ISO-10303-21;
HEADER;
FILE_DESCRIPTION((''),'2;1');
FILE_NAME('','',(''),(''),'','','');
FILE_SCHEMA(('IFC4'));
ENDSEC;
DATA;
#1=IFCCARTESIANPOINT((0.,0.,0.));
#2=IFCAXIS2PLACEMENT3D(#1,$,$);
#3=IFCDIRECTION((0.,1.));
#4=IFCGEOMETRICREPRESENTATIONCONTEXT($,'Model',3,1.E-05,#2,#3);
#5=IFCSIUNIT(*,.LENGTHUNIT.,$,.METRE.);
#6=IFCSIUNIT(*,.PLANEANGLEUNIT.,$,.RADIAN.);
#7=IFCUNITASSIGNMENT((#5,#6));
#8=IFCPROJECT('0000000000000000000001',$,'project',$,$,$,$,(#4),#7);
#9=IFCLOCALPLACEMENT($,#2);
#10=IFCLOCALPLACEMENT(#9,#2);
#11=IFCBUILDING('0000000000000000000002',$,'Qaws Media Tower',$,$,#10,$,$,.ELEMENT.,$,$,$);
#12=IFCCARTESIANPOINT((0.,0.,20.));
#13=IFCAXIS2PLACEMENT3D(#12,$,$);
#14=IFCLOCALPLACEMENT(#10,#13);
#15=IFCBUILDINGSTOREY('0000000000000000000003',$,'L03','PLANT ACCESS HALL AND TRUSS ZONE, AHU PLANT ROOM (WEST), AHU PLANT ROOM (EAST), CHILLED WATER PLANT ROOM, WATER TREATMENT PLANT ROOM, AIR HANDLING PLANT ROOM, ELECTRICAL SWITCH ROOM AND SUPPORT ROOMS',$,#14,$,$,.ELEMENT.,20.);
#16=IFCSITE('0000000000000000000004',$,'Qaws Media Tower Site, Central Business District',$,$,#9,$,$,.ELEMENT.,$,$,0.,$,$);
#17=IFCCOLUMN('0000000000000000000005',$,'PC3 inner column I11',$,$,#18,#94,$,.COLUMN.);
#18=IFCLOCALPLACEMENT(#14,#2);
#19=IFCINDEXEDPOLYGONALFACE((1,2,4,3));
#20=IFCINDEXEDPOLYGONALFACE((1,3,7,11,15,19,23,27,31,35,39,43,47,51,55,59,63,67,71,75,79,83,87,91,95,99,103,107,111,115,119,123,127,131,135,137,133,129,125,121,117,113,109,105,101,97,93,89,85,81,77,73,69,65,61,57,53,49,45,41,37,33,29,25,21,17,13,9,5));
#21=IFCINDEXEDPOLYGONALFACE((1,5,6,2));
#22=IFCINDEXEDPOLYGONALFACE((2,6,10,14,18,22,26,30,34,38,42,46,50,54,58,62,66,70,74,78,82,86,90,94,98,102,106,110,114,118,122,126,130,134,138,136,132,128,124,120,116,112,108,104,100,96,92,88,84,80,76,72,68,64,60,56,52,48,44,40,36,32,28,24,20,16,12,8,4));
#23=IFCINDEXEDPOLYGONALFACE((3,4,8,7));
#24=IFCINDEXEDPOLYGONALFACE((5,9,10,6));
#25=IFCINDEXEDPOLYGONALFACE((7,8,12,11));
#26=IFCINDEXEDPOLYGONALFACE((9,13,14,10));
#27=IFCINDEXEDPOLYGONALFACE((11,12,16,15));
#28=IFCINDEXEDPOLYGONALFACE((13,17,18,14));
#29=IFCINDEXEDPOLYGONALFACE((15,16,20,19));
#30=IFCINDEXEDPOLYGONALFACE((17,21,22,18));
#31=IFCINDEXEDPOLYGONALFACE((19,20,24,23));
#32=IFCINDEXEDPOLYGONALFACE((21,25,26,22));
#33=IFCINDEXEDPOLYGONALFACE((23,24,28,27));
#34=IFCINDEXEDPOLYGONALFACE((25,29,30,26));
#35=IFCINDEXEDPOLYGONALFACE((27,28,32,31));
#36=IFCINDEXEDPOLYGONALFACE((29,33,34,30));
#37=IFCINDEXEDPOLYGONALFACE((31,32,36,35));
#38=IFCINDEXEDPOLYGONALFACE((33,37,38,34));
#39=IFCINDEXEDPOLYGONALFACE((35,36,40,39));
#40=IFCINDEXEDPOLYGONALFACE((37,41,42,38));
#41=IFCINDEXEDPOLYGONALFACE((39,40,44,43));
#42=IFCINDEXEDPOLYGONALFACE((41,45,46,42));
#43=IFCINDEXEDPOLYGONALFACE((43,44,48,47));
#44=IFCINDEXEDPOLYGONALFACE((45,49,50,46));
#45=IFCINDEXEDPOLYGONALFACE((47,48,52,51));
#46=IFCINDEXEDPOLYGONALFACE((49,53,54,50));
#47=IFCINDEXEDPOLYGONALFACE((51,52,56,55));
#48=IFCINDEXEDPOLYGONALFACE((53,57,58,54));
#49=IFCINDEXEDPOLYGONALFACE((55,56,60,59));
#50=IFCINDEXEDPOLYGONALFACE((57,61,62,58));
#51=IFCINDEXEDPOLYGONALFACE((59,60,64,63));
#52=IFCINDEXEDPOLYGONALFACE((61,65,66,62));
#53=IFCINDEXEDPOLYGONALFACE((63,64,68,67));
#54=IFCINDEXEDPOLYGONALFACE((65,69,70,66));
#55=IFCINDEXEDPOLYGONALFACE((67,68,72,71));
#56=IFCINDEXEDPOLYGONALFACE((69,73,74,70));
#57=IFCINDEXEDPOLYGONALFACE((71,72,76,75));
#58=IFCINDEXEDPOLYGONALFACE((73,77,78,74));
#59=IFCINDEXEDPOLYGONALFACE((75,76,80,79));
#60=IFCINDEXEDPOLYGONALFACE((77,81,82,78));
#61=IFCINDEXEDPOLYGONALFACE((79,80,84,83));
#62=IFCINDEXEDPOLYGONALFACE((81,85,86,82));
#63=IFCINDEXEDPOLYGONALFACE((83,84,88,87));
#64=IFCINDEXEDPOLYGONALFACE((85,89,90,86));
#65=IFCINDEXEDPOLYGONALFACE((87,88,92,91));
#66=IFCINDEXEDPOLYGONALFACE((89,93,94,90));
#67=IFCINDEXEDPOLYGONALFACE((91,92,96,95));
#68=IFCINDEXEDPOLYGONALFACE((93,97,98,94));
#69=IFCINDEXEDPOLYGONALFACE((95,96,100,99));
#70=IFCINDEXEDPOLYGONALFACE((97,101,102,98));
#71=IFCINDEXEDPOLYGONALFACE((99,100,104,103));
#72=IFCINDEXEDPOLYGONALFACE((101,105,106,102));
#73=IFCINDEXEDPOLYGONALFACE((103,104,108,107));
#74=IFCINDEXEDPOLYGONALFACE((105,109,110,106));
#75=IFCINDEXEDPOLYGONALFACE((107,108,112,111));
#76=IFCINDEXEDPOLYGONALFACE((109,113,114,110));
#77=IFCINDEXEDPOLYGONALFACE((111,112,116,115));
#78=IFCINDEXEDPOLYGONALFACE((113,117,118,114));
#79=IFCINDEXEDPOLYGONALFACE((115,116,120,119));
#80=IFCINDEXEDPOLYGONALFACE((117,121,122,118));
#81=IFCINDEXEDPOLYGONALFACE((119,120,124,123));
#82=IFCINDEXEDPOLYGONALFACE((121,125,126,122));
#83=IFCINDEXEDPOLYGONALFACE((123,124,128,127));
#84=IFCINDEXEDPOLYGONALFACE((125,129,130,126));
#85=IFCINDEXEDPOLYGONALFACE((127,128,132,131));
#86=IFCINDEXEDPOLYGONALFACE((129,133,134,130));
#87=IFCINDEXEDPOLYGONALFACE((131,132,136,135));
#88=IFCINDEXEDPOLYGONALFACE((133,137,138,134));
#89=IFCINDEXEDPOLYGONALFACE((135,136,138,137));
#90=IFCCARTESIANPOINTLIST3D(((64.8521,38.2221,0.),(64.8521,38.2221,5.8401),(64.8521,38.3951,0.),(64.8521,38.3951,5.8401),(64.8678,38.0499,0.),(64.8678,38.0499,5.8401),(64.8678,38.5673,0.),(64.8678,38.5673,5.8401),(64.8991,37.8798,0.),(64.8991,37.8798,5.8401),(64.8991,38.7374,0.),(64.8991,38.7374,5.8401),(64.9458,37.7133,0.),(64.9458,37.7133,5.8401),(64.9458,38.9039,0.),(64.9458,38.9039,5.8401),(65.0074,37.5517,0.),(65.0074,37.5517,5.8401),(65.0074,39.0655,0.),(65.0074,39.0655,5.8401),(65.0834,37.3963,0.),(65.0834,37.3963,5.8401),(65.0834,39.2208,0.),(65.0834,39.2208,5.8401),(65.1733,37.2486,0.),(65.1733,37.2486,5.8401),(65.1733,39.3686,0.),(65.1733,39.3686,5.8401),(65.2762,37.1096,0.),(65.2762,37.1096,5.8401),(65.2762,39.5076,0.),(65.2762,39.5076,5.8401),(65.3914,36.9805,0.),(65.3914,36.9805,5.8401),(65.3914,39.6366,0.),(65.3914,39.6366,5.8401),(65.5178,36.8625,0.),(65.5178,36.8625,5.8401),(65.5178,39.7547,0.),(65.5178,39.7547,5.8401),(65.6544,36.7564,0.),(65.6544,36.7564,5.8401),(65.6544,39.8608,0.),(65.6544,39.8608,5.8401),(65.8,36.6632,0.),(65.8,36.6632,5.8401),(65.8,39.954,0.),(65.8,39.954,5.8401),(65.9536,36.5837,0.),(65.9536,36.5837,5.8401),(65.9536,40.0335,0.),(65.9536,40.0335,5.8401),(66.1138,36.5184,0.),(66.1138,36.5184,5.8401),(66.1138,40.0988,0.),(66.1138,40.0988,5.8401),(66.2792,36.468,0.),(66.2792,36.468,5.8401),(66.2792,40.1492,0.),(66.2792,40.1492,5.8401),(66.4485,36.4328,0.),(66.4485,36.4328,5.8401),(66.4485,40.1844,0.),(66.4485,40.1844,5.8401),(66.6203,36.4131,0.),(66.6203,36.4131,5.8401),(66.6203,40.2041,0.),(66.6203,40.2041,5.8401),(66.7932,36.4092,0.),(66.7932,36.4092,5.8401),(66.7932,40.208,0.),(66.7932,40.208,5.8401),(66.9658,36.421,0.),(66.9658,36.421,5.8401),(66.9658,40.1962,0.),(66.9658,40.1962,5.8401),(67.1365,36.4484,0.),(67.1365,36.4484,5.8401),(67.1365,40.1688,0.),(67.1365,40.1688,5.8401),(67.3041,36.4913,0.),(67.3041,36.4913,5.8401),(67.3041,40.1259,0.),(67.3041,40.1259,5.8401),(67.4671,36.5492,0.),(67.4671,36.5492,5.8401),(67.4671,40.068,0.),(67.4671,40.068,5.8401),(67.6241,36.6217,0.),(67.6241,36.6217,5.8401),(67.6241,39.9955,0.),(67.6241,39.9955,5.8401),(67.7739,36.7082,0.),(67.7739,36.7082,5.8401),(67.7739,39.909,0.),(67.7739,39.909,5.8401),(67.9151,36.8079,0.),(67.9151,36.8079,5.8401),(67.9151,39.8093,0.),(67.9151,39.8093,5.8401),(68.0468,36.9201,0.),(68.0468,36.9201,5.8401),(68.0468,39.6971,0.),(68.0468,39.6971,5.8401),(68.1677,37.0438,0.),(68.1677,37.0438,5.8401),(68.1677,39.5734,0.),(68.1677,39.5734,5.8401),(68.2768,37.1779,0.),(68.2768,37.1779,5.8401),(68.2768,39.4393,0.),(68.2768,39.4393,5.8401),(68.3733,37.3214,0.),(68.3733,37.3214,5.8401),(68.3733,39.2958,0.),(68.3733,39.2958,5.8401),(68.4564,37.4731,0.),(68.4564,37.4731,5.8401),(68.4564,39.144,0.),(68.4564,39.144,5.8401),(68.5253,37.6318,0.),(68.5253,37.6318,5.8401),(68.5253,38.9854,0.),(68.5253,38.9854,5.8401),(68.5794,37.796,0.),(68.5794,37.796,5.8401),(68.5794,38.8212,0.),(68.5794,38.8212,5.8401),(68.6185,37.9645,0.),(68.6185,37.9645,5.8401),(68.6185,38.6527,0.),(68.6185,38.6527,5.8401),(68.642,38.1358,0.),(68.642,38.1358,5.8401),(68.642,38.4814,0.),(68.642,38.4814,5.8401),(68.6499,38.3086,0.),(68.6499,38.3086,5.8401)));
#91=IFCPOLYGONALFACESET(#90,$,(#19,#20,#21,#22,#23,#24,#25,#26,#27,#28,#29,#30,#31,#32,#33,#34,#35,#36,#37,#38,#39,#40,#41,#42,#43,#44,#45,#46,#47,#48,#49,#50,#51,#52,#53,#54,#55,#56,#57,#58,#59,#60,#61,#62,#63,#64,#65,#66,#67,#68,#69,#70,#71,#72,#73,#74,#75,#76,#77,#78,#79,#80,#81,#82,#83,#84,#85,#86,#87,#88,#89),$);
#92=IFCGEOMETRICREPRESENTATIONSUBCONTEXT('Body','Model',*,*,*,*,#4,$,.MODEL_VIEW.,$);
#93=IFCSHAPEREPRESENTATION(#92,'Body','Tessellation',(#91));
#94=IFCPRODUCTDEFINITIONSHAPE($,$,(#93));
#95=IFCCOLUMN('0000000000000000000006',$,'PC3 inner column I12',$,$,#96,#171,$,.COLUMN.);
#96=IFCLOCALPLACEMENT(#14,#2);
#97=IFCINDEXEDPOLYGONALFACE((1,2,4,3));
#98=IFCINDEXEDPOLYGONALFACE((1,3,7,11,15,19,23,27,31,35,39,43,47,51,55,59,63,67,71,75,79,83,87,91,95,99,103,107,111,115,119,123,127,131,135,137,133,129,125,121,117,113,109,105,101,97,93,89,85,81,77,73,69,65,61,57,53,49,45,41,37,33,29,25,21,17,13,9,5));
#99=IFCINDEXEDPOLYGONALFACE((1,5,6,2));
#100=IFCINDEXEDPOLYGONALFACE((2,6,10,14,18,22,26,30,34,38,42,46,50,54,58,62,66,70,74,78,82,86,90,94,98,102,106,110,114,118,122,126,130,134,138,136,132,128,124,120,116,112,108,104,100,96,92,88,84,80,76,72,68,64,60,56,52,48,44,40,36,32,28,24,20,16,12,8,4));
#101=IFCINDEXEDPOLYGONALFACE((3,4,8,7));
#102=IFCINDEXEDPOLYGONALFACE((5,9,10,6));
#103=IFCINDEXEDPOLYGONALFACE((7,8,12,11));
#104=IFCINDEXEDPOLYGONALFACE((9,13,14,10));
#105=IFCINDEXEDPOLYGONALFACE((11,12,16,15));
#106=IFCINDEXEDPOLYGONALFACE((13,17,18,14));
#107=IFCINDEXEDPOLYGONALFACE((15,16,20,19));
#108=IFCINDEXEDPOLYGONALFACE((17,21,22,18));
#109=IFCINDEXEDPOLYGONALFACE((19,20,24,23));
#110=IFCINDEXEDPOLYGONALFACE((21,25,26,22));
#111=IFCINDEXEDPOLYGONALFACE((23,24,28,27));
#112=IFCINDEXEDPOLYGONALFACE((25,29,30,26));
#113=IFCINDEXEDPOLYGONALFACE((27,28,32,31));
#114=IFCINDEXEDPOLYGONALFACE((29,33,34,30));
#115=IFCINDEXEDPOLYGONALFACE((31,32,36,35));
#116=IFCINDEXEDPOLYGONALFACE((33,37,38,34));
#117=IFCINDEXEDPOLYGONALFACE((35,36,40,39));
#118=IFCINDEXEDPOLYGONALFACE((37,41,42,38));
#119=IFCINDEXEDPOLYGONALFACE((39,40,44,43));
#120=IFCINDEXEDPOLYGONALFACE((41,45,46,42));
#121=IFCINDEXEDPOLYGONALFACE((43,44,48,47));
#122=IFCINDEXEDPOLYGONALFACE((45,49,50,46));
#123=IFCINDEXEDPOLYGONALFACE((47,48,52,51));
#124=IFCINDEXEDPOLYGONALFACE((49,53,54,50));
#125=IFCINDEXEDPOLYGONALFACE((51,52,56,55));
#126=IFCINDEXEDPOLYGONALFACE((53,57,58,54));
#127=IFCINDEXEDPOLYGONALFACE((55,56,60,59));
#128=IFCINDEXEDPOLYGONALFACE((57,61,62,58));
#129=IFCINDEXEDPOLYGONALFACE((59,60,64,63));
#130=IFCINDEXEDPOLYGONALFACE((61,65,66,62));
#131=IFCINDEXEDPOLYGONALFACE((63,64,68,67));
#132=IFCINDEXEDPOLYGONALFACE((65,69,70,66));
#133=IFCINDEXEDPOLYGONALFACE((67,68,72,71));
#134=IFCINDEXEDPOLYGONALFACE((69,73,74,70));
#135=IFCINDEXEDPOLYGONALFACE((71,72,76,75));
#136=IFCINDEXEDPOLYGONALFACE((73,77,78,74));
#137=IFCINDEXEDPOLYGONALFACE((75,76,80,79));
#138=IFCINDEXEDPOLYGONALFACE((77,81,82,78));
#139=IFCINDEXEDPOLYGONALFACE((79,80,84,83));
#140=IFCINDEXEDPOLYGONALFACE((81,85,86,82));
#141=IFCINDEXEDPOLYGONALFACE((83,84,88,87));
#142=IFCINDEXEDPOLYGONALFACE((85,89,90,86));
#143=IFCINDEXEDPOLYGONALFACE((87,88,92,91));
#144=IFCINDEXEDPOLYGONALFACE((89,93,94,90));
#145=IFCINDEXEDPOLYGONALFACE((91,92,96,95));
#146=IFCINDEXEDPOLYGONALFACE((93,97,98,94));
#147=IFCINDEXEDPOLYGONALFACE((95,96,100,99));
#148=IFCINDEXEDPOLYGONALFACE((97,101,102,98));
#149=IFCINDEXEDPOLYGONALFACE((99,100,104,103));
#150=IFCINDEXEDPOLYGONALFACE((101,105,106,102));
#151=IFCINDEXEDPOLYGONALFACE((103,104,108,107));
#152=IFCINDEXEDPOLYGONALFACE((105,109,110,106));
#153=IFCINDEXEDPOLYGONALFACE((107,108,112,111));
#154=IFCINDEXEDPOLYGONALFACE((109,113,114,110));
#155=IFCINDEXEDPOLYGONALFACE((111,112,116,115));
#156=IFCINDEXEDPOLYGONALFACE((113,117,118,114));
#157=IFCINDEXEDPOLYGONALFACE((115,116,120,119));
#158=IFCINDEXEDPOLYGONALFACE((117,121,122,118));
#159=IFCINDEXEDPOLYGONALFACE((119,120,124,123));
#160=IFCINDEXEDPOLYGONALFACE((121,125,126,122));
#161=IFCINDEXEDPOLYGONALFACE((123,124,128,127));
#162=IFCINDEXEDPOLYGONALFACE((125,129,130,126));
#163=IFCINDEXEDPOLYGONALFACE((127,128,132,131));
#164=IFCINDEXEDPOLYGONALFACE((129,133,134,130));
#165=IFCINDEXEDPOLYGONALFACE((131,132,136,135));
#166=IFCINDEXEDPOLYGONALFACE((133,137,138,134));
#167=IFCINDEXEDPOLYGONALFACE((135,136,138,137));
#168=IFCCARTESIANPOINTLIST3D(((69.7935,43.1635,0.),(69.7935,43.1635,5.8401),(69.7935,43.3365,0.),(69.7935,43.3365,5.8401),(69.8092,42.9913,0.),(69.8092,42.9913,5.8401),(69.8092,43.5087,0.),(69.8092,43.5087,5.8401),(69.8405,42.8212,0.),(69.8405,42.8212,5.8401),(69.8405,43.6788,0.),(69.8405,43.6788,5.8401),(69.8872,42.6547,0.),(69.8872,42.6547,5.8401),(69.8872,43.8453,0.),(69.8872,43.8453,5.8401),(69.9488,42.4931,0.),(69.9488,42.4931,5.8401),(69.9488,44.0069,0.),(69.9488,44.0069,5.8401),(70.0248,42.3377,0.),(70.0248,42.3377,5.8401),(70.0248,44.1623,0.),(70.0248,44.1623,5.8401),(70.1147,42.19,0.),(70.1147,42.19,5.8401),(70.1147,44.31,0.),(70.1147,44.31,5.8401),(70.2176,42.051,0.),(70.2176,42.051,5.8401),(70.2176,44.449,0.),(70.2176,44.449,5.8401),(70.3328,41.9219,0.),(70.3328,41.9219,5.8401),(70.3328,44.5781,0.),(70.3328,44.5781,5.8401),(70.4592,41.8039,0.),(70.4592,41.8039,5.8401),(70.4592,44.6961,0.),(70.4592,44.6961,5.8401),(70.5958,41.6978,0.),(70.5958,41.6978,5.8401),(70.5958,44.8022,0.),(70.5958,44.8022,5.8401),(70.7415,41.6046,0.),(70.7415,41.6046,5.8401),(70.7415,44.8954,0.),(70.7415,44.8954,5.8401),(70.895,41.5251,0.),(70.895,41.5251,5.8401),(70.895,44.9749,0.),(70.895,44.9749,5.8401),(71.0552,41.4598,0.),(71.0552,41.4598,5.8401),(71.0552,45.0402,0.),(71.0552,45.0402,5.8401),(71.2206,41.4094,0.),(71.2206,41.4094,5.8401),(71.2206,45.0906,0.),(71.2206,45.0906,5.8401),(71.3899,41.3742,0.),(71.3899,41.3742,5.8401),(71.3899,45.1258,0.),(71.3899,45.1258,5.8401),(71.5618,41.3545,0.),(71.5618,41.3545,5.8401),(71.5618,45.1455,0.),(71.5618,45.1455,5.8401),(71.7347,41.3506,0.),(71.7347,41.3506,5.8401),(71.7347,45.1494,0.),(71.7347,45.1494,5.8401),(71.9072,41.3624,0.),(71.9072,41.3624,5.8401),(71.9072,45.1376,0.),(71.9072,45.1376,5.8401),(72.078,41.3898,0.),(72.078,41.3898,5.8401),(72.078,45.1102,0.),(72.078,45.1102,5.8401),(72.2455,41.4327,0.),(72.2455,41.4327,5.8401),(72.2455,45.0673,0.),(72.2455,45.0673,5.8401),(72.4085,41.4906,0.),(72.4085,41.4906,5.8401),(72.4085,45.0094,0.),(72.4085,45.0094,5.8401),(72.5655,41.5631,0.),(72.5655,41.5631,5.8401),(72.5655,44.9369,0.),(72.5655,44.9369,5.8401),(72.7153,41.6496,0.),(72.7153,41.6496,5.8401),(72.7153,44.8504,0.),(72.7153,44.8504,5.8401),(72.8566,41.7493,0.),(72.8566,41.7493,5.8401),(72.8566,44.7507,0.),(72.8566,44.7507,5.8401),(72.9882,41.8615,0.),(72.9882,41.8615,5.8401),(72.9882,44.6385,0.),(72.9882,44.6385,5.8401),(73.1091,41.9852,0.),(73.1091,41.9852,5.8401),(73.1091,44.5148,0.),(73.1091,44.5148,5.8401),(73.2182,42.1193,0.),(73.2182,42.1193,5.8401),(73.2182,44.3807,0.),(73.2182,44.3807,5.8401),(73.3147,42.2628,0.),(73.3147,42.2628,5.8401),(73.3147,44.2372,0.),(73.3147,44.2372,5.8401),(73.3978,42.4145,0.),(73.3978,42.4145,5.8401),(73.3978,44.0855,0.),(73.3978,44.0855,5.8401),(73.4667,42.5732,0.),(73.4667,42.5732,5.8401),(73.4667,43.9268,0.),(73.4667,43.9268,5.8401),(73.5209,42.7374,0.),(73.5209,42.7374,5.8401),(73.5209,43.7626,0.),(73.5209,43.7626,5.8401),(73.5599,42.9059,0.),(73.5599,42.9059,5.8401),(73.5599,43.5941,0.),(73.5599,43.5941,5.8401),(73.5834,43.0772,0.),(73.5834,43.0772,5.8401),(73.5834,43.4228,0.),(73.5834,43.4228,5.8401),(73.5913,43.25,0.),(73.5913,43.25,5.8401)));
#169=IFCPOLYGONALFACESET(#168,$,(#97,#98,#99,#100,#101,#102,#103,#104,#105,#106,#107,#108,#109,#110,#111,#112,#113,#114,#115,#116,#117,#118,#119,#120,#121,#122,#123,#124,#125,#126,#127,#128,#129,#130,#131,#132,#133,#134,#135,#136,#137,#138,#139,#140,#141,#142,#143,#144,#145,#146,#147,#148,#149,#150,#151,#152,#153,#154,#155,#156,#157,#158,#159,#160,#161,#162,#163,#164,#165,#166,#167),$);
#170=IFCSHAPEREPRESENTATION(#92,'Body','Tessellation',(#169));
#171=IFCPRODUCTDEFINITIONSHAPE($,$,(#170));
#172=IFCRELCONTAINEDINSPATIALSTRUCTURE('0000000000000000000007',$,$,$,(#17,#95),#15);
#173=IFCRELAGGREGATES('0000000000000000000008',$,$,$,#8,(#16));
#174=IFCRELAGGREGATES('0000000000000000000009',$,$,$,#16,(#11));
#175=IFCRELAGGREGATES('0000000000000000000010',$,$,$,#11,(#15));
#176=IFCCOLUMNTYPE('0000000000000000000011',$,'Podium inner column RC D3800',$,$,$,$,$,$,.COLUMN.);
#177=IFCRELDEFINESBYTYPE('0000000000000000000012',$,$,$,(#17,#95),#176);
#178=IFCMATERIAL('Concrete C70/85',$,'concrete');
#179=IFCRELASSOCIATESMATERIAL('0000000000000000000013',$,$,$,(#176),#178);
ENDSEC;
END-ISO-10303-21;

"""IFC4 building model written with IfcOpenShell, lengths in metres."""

from ifc_helpers import new_model, si_unit, direction, frame, origin, origin_2d, place, context, subcontext, project, spatial, circle, extrude, material, material_profile, profile_set, type_object, element, save


model = new_model("IFC4")

# Units and contexts
model_context = context("Model", 3, precision=1e-05, world=origin(), true_north=direction((0.0, 1.0)))
body_context = subcontext(model_context, "Body", "Model", "MODEL_VIEW")
ifc_project = project(units=[si_unit("LENGTHUNIT", "METRE"), si_unit("PLANEANGLEUNIT", "RADIAN")], contexts=[model_context])

# Site, building, storey
site_placement = place(None, origin())
site = spatial("IfcSite", under=ifc_project, at=site_placement, Name="Qaws Media Tower Site, Central Business District", CompositionType="ELEMENT", RefElevation=0.0)
building_placement = place(site_placement, origin())
building = spatial("IfcBuilding", under=site, at=building_placement, Name="Qaws Media Tower", CompositionType="ELEMENT")
storey_placement = place(building_placement, frame((0.0, 0.0, 20.0)))
storey = spatial("IfcBuildingStorey", under=building, at=storey_placement, Name="L03", Description="PLANT ACCESS HALL AND TRUSS ZONE, AHU PLANT ROOM (WEST), AHU PLANT ROOM (EAST), CHILLED WATER PLANT ROOM, WATER TREATMENT PLANT ROOM, AIR HANDLING PLANT ROOM, ELECTRICAL SWITCH ROOM AND SUPPORT ROOMS", CompositionType="ELEMENT", Elevation=20.0)

# Columns
ifc_material_1 = material(Name="Concrete C70/85", Category="concrete")
ifc_material_profile_1 = material_profile(ifc_material_1, circle(Radius=1.8999, at=origin_2d()), Name="RC D3800")
ifc_profile_set_1 = profile_set([ifc_material_profile_1], Name="Concrete C70/85")
column_type = type_object("IfcColumnType", Name="Podium inner column RC D3800", PredefinedType="COLUMN", material=ifc_profile_set_1)
for number, where, z_axis, x_axis, name in (
    (1, (66.75, 38.3086, 0.0), (0.0, 0.0, 1.0), (1.0, 0.0, 0.0), "PC3 inner column I11"),
    (2, (71.6914, 43.25, 0.0), (0.0, 0.0, 1.0), (1.0, 0.0, 0.0), "PC3 inner column I12"),
):
    element("IfcColumn", number, at=place(storey_placement, frame(where, z_axis=z_axis, x_axis=x_axis)), inside=storey, type_object=column_type, Name=name, PredefinedType="COLUMN", context=body_context, shape_type="SweptSolid", body=[
        extrude(circle(Radius=1.8999, at=origin_2d()), origin(), (0.0, 0.0, 1.0), 5.8401),
    ])

save(model, "model.ifc")
